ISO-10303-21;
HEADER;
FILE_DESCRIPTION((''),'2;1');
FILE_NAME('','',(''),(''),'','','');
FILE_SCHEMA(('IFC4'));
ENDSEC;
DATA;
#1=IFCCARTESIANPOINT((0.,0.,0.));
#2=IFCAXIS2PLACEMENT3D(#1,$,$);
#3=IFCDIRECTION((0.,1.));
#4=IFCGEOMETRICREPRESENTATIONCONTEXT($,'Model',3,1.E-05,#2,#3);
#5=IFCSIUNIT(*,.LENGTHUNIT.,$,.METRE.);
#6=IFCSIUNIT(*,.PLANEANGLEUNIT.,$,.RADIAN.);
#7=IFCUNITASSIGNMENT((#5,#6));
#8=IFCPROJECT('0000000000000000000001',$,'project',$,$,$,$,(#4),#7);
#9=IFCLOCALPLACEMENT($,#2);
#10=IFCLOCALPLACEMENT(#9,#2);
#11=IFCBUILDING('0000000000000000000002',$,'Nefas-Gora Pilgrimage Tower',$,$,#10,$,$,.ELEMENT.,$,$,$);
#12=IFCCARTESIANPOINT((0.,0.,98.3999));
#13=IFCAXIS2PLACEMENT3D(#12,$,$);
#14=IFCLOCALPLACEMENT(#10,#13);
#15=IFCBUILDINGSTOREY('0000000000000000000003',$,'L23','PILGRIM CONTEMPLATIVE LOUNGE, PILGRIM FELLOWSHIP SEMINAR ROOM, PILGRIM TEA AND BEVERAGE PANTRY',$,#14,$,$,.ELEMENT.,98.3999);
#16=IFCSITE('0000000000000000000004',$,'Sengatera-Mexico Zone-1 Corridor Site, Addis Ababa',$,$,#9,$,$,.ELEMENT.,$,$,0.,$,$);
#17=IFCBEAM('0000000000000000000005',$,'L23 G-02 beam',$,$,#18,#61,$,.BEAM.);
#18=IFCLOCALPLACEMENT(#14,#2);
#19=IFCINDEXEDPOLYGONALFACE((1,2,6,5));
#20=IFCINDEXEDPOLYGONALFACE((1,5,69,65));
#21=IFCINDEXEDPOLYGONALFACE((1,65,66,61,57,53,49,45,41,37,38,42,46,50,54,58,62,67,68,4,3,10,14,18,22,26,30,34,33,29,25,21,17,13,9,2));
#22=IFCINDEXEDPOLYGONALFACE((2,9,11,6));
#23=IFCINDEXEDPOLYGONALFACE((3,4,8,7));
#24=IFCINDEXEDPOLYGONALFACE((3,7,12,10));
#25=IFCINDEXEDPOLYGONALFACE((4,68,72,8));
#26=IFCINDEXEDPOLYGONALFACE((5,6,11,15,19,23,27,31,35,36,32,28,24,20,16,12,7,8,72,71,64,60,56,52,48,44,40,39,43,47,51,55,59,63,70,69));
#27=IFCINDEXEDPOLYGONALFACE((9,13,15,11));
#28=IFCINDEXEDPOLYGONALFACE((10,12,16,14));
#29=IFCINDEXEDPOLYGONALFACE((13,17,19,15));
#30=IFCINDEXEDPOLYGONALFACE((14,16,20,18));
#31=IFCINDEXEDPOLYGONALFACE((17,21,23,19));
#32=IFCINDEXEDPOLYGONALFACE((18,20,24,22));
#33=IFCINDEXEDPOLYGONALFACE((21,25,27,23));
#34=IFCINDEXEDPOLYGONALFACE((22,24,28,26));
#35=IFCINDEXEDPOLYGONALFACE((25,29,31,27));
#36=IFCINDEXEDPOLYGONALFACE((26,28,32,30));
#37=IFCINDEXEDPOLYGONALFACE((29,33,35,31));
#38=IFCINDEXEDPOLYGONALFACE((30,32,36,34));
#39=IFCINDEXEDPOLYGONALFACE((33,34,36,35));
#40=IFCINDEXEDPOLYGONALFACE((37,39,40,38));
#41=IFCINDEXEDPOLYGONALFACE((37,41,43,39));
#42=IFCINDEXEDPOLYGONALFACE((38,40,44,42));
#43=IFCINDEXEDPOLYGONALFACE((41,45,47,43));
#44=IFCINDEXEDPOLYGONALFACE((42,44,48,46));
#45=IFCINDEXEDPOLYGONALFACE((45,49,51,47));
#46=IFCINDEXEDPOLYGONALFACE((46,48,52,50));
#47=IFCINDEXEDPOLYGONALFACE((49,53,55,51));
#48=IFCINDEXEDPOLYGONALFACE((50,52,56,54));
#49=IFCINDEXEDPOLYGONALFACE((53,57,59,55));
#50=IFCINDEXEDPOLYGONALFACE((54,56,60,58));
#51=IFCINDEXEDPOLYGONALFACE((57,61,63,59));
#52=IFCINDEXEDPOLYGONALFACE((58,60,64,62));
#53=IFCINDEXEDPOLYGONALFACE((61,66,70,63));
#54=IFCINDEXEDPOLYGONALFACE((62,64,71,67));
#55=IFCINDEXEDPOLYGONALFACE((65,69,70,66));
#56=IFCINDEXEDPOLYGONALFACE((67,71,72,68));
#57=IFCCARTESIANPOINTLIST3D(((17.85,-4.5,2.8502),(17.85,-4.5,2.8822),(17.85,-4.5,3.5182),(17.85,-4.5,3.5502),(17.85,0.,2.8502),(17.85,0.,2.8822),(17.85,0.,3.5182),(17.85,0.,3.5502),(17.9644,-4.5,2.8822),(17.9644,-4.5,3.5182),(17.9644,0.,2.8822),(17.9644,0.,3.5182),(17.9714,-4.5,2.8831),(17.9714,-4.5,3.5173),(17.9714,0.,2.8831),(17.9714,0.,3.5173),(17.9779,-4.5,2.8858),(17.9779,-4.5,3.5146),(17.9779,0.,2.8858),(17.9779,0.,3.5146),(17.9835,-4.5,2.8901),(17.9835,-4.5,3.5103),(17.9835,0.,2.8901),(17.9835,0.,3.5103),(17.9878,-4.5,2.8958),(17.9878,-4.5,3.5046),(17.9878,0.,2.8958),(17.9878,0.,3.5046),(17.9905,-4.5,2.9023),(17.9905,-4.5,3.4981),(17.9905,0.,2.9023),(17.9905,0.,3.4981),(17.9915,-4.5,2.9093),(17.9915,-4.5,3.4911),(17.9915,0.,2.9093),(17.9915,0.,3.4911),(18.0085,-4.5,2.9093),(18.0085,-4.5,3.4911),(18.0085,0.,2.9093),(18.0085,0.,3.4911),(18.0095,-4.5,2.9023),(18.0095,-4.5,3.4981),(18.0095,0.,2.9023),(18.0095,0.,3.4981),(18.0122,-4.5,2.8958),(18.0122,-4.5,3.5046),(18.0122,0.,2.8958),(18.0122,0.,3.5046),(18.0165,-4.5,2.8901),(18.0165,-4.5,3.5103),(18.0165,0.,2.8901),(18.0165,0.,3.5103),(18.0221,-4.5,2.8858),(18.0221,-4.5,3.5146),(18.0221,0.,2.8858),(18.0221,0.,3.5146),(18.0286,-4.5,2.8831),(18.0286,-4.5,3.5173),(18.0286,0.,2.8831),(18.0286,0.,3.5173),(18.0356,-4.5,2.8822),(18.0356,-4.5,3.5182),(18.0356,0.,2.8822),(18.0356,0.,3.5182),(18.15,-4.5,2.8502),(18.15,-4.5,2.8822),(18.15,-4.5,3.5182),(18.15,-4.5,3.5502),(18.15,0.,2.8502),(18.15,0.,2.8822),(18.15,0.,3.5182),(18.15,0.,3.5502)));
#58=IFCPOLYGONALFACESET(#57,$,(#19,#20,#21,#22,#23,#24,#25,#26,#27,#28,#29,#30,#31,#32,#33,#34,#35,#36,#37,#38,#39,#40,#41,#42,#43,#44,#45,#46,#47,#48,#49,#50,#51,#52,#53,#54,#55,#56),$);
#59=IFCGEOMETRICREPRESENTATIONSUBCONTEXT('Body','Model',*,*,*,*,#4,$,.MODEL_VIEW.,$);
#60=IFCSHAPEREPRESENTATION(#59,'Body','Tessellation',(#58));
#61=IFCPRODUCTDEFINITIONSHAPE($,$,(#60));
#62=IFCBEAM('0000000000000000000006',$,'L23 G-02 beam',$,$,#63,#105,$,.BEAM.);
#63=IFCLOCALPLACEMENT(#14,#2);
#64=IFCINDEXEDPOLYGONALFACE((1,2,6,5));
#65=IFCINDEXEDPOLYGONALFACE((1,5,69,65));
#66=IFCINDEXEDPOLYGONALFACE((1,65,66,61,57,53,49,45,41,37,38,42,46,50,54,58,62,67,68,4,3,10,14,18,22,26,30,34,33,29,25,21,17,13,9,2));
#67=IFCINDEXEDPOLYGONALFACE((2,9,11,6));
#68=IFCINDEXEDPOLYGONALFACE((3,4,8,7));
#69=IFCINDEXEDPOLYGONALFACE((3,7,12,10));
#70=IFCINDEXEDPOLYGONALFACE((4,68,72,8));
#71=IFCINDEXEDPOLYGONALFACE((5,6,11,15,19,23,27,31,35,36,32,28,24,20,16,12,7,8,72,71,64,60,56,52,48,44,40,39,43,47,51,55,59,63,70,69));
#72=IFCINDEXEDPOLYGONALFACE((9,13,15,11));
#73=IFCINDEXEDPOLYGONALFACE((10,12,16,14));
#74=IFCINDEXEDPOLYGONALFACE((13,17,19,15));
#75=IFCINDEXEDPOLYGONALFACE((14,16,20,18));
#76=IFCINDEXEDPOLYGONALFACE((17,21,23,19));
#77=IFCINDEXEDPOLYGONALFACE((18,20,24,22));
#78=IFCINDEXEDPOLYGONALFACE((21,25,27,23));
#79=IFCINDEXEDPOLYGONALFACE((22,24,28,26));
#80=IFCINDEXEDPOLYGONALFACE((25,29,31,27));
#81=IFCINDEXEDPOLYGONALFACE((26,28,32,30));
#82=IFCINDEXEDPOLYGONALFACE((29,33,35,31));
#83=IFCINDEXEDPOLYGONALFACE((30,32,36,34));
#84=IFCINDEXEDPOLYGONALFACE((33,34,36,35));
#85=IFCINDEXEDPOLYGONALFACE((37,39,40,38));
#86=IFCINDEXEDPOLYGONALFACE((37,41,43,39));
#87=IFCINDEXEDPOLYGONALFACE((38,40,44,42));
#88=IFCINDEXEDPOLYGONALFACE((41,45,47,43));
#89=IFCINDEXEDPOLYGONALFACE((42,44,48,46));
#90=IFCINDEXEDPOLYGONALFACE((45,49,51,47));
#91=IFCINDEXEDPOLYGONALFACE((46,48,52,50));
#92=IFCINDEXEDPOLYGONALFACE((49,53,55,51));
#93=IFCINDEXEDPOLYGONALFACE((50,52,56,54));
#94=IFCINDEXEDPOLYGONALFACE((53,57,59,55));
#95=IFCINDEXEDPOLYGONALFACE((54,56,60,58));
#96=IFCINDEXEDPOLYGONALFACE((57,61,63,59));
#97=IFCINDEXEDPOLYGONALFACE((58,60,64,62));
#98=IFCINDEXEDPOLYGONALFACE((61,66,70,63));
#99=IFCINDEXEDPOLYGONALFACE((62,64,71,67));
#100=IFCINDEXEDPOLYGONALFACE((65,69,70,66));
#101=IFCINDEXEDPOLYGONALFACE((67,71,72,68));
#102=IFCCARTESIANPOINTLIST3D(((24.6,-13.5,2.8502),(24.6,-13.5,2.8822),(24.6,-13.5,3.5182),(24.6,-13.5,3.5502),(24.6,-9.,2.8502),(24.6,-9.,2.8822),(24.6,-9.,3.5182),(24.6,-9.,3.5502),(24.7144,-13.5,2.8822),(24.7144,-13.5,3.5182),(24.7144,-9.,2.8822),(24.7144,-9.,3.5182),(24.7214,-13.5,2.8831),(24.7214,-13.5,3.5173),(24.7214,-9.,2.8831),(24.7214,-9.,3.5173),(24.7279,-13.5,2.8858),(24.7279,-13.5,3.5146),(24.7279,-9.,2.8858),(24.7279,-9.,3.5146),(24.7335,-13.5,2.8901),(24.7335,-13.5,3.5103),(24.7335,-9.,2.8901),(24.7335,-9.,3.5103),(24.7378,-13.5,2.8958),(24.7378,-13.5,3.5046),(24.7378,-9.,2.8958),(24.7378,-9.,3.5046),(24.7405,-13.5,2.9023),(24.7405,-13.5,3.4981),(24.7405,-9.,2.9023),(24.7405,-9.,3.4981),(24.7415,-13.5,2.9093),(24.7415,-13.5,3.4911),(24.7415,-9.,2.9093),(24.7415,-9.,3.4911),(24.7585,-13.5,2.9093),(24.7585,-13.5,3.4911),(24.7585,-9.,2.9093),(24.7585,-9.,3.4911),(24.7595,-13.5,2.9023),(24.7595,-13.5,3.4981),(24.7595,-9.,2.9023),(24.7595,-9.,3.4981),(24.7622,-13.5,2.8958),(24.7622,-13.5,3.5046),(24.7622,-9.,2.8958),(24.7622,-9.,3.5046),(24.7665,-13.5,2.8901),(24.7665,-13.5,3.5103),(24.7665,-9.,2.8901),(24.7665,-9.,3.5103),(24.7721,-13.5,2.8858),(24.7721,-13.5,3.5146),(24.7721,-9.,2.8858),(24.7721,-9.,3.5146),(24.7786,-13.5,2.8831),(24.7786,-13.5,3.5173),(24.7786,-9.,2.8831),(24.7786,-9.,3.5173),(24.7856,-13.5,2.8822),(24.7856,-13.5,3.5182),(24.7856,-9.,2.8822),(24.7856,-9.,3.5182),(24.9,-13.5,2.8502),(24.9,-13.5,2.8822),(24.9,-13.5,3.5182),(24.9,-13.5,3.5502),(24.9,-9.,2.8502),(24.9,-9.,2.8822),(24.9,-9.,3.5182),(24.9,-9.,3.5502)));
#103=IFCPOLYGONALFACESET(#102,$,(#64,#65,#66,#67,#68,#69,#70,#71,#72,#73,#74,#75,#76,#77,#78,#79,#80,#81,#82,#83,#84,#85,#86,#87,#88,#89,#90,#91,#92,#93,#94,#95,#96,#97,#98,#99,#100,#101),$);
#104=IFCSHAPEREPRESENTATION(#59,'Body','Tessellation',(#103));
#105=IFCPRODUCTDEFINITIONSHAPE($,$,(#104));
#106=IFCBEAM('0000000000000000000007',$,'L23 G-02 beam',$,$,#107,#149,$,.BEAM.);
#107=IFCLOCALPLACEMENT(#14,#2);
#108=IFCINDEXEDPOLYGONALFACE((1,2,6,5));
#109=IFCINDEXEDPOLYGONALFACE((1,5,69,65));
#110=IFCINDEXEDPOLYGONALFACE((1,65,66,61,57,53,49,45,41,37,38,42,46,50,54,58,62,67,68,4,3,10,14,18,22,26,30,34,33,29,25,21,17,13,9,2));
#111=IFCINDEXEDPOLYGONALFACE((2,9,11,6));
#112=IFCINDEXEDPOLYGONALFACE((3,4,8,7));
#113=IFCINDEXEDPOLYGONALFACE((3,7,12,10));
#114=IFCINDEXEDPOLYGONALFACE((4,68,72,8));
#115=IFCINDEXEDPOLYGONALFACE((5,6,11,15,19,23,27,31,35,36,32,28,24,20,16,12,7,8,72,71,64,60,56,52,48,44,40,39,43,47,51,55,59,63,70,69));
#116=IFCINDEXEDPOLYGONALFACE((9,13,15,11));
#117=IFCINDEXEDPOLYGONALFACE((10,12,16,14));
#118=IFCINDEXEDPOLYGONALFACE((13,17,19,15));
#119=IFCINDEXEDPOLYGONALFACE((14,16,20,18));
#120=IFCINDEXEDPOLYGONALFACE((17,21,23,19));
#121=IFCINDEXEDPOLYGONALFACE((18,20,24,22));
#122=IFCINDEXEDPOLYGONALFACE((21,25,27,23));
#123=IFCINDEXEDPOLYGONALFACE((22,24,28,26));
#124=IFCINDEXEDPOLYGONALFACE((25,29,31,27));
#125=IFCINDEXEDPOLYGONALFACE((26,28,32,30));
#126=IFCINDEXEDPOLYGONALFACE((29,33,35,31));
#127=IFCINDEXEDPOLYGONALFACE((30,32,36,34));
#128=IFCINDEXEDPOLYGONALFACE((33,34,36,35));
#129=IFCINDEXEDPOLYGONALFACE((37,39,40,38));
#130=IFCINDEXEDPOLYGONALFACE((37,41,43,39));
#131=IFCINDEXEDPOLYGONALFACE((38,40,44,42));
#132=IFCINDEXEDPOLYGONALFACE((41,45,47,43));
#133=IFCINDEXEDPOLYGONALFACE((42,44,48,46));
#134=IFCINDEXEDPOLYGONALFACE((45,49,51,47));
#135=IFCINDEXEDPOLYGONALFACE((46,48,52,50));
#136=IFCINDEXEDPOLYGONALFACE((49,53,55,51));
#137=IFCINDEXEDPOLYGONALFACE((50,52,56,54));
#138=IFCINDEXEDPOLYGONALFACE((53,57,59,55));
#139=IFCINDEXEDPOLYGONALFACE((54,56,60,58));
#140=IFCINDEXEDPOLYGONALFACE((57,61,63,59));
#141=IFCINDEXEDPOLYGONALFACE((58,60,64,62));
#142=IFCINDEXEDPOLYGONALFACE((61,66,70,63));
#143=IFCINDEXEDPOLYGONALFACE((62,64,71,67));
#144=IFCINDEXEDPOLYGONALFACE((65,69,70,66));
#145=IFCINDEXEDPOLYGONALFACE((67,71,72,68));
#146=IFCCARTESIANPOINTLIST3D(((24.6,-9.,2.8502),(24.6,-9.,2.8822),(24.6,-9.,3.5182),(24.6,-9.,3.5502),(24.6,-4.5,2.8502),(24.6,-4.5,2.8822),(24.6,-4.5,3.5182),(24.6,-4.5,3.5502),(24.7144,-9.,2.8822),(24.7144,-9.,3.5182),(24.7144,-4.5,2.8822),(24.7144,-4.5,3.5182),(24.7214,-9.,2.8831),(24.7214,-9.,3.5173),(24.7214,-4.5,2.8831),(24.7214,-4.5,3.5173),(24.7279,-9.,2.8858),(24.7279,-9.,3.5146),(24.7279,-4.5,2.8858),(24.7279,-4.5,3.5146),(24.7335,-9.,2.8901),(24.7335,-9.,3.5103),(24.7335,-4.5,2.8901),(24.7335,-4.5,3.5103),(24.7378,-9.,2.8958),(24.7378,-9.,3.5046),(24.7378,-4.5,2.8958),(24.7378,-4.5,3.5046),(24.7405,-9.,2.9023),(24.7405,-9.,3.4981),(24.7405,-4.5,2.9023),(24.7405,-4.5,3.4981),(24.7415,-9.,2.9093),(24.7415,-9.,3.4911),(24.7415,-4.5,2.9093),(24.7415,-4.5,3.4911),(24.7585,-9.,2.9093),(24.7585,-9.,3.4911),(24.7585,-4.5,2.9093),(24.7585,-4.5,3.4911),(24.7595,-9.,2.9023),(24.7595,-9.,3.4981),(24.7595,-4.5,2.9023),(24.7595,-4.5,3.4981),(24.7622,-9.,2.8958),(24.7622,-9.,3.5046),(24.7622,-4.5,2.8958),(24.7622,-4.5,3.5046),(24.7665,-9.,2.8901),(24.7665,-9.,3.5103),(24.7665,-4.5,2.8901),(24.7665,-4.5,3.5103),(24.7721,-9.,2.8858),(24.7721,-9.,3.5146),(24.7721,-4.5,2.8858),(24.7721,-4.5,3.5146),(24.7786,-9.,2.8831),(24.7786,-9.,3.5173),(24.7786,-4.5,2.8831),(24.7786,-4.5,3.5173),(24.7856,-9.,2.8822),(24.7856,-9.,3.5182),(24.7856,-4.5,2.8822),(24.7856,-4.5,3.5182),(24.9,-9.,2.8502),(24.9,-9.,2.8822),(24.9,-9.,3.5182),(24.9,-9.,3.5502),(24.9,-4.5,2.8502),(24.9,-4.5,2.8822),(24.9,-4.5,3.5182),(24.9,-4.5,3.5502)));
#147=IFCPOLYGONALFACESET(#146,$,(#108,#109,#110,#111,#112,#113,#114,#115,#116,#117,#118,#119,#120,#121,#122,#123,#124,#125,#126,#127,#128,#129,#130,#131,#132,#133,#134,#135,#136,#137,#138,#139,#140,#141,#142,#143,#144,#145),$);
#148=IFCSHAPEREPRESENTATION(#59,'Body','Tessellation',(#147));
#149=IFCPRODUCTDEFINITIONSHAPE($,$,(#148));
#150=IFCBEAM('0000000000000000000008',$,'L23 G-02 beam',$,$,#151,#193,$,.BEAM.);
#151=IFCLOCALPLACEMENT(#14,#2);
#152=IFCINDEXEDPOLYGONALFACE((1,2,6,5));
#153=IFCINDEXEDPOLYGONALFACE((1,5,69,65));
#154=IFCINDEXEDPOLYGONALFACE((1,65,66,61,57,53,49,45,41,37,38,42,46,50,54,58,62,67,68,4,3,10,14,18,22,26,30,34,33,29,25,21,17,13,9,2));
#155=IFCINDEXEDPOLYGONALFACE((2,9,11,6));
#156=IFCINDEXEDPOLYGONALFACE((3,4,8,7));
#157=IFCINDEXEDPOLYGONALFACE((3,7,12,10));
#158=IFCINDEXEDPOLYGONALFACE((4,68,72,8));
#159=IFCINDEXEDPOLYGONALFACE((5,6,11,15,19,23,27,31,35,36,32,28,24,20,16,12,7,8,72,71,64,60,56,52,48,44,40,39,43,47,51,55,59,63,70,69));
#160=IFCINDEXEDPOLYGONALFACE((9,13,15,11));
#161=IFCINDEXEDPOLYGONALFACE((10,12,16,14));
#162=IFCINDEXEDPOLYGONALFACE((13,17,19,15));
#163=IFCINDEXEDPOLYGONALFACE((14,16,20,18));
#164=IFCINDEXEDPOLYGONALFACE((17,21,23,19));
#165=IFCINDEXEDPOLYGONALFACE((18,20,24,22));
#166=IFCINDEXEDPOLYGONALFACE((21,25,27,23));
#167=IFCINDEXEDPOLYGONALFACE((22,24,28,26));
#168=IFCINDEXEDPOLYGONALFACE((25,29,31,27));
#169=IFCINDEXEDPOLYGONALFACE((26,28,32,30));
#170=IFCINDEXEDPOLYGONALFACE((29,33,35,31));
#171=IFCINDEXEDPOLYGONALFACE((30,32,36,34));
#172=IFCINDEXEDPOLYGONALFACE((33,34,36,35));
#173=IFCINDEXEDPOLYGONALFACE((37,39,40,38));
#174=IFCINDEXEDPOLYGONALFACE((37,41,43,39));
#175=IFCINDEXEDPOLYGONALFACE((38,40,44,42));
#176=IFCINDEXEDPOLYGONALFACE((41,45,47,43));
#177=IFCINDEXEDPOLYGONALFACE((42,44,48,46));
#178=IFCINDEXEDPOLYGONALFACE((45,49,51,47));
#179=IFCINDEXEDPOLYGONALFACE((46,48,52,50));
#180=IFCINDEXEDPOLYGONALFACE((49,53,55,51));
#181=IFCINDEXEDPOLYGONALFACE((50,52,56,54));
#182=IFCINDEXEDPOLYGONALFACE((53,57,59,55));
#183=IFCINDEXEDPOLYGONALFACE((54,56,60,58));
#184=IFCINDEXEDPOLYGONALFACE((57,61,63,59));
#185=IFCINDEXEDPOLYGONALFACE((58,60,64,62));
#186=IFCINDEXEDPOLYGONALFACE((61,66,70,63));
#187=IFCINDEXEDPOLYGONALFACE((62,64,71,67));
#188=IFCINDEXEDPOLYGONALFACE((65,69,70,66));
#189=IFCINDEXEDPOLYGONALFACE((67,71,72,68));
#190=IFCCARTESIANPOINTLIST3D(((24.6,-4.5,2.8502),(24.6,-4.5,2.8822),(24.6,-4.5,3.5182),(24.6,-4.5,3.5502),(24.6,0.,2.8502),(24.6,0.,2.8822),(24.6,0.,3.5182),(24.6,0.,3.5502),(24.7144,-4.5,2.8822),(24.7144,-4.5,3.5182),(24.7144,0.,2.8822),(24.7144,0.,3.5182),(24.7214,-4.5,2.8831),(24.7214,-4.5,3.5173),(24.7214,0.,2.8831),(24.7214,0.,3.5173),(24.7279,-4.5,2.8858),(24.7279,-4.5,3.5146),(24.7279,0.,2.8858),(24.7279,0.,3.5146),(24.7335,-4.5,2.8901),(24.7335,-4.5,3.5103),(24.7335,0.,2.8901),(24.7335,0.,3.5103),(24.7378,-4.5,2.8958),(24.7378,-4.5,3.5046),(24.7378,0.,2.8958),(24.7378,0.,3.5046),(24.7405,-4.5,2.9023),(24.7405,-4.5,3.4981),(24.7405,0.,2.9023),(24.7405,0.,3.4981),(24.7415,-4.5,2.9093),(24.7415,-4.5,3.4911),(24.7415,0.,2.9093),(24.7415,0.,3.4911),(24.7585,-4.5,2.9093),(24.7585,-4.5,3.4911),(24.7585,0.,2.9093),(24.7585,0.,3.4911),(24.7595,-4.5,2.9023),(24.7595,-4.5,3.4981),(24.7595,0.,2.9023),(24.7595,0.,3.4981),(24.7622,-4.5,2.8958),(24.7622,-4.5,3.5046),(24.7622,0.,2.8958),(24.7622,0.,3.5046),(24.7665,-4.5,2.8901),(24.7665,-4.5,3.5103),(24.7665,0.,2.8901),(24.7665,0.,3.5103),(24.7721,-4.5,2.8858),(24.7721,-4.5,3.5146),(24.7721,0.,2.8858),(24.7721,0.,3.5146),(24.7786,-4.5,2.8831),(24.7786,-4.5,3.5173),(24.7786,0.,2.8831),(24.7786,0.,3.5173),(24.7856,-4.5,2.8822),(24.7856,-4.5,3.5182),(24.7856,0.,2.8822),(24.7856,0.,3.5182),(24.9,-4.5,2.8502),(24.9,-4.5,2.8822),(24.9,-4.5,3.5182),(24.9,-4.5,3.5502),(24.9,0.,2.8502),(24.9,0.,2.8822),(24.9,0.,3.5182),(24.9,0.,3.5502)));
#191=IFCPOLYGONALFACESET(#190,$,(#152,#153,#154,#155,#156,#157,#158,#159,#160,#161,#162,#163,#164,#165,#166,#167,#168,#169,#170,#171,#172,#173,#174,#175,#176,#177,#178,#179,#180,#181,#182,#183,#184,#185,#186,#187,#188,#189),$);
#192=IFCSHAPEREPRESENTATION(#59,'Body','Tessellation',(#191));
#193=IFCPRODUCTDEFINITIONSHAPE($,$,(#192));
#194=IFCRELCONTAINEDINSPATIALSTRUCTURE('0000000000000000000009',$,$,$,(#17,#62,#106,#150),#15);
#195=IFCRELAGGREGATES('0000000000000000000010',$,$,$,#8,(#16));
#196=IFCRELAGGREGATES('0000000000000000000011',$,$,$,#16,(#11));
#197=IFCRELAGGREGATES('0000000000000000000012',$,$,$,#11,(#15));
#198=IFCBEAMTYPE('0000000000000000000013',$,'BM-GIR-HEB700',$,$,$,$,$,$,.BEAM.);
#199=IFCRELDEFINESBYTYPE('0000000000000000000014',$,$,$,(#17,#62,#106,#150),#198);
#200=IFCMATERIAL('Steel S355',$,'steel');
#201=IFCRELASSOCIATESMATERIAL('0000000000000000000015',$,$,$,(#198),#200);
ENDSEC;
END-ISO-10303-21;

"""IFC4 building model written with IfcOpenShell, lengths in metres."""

from ifc_helpers import new_model, si_unit, direction, frame, origin, origin_2d, place, context, subcontext, project, spatial, i_section, extrude, source, transform, mapped, material, material_profile, profile_set, type_object, element, save


model = new_model("IFC4")

# Units and contexts
model_context = context("Model", 3, precision=1e-05, world=origin(), true_north=direction((0.0, 1.0)))
body_context = subcontext(model_context, "Body", "Model", "MODEL_VIEW")
ifc_project = project(units=[si_unit("LENGTHUNIT", "METRE"), si_unit("PLANEANGLEUNIT", "RADIAN")], contexts=[model_context])

# Site, building, storey
site_placement = place(None, origin())
site = spatial("IfcSite", under=ifc_project, at=site_placement, Name="Sengatera-Mexico Zone-1 Corridor Site, Addis Ababa", CompositionType="ELEMENT", RefElevation=0.0)
building_placement = place(site_placement, origin())
building = spatial("IfcBuilding", under=site, at=building_placement, Name="Nefas-Gora Pilgrimage Tower", CompositionType="ELEMENT")
storey_placement = place(building_placement, frame((0.0, 0.0, 98.3999)))
storey = spatial("IfcBuildingStorey", under=building, at=storey_placement, Name="L23", Description="PILGRIM CONTEMPLATIVE LOUNGE, PILGRIM FELLOWSHIP SEMINAR ROOM, PILGRIM TEA AND BEVERAGE PANTRY", CompositionType="ELEMENT", Elevation=98.3999)

# Beams
ifc_material_1 = material(Name="Steel S355", Category="steel")
ifc_material_profile_1 = material_profile(ifc_material_1, i_section(OverallWidth=0.3, OverallDepth=0.7, WebThickness=0.0171, FlangeThickness=0.032, FilletRadius=0.0271, at=origin_2d()), Name="HEB 700")
ifc_profile_set_1 = profile_set([ifc_material_profile_1], Name="Steel S355")
beam_type_1 = type_object("IfcBeamType", Name="BM-GIR-HEB700", PredefinedType="BEAM", material=ifc_profile_set_1)
shared_shape_1 = source(origin(), body_context, "Body", "SweptSolid", [
    extrude(i_section(OverallWidth=0.3, OverallDepth=0.7, WebThickness=0.0171, FlangeThickness=0.032, FilletRadius=0.0271, at=origin_2d()), origin(), (0.0, 0.0, 1.0), 4.5),
])
for number, where, z_axis, x_axis, name in (
    (1, (18.0, -4.5, 3.2002), (0.0, 1.0, 0.0), (-1.0, 0.0, 0.0), "L23 G-02 beam"),
    (2, (24.75, -13.5, 3.2002), (0.0, 1.0, 0.0), (-1.0, 0.0, 0.0), "L23 G-02 beam"),
    (3, (24.75, -9.0, 3.2002), (0.0, 1.0, 0.0), (-1.0, 0.0, 0.0), "L23 G-02 beam"),
    (4, (24.75, -4.5, 3.2002), (0.0, 1.0, 0.0), (-1.0, 0.0, 0.0), "L23 G-02 beam"),
):
    element("IfcBeam", number, at=place(storey_placement, frame(where, z_axis=z_axis, x_axis=x_axis)), inside=storey, type_object=beam_type_1, Name=name, PredefinedType="BEAM", context=body_context, shape_type="MappedRepresentation", body=[
        mapped(shared_shape_1, transform((0.0, 0.0, 0.0), x_axis=(1.0, 0.0, 0.0), y_axis=(0.0, 1.0, 0.0), z_axis=(0.0, 0.0, 1.0), scale=1.0)),
    ])

save(model, "model.ifc")
